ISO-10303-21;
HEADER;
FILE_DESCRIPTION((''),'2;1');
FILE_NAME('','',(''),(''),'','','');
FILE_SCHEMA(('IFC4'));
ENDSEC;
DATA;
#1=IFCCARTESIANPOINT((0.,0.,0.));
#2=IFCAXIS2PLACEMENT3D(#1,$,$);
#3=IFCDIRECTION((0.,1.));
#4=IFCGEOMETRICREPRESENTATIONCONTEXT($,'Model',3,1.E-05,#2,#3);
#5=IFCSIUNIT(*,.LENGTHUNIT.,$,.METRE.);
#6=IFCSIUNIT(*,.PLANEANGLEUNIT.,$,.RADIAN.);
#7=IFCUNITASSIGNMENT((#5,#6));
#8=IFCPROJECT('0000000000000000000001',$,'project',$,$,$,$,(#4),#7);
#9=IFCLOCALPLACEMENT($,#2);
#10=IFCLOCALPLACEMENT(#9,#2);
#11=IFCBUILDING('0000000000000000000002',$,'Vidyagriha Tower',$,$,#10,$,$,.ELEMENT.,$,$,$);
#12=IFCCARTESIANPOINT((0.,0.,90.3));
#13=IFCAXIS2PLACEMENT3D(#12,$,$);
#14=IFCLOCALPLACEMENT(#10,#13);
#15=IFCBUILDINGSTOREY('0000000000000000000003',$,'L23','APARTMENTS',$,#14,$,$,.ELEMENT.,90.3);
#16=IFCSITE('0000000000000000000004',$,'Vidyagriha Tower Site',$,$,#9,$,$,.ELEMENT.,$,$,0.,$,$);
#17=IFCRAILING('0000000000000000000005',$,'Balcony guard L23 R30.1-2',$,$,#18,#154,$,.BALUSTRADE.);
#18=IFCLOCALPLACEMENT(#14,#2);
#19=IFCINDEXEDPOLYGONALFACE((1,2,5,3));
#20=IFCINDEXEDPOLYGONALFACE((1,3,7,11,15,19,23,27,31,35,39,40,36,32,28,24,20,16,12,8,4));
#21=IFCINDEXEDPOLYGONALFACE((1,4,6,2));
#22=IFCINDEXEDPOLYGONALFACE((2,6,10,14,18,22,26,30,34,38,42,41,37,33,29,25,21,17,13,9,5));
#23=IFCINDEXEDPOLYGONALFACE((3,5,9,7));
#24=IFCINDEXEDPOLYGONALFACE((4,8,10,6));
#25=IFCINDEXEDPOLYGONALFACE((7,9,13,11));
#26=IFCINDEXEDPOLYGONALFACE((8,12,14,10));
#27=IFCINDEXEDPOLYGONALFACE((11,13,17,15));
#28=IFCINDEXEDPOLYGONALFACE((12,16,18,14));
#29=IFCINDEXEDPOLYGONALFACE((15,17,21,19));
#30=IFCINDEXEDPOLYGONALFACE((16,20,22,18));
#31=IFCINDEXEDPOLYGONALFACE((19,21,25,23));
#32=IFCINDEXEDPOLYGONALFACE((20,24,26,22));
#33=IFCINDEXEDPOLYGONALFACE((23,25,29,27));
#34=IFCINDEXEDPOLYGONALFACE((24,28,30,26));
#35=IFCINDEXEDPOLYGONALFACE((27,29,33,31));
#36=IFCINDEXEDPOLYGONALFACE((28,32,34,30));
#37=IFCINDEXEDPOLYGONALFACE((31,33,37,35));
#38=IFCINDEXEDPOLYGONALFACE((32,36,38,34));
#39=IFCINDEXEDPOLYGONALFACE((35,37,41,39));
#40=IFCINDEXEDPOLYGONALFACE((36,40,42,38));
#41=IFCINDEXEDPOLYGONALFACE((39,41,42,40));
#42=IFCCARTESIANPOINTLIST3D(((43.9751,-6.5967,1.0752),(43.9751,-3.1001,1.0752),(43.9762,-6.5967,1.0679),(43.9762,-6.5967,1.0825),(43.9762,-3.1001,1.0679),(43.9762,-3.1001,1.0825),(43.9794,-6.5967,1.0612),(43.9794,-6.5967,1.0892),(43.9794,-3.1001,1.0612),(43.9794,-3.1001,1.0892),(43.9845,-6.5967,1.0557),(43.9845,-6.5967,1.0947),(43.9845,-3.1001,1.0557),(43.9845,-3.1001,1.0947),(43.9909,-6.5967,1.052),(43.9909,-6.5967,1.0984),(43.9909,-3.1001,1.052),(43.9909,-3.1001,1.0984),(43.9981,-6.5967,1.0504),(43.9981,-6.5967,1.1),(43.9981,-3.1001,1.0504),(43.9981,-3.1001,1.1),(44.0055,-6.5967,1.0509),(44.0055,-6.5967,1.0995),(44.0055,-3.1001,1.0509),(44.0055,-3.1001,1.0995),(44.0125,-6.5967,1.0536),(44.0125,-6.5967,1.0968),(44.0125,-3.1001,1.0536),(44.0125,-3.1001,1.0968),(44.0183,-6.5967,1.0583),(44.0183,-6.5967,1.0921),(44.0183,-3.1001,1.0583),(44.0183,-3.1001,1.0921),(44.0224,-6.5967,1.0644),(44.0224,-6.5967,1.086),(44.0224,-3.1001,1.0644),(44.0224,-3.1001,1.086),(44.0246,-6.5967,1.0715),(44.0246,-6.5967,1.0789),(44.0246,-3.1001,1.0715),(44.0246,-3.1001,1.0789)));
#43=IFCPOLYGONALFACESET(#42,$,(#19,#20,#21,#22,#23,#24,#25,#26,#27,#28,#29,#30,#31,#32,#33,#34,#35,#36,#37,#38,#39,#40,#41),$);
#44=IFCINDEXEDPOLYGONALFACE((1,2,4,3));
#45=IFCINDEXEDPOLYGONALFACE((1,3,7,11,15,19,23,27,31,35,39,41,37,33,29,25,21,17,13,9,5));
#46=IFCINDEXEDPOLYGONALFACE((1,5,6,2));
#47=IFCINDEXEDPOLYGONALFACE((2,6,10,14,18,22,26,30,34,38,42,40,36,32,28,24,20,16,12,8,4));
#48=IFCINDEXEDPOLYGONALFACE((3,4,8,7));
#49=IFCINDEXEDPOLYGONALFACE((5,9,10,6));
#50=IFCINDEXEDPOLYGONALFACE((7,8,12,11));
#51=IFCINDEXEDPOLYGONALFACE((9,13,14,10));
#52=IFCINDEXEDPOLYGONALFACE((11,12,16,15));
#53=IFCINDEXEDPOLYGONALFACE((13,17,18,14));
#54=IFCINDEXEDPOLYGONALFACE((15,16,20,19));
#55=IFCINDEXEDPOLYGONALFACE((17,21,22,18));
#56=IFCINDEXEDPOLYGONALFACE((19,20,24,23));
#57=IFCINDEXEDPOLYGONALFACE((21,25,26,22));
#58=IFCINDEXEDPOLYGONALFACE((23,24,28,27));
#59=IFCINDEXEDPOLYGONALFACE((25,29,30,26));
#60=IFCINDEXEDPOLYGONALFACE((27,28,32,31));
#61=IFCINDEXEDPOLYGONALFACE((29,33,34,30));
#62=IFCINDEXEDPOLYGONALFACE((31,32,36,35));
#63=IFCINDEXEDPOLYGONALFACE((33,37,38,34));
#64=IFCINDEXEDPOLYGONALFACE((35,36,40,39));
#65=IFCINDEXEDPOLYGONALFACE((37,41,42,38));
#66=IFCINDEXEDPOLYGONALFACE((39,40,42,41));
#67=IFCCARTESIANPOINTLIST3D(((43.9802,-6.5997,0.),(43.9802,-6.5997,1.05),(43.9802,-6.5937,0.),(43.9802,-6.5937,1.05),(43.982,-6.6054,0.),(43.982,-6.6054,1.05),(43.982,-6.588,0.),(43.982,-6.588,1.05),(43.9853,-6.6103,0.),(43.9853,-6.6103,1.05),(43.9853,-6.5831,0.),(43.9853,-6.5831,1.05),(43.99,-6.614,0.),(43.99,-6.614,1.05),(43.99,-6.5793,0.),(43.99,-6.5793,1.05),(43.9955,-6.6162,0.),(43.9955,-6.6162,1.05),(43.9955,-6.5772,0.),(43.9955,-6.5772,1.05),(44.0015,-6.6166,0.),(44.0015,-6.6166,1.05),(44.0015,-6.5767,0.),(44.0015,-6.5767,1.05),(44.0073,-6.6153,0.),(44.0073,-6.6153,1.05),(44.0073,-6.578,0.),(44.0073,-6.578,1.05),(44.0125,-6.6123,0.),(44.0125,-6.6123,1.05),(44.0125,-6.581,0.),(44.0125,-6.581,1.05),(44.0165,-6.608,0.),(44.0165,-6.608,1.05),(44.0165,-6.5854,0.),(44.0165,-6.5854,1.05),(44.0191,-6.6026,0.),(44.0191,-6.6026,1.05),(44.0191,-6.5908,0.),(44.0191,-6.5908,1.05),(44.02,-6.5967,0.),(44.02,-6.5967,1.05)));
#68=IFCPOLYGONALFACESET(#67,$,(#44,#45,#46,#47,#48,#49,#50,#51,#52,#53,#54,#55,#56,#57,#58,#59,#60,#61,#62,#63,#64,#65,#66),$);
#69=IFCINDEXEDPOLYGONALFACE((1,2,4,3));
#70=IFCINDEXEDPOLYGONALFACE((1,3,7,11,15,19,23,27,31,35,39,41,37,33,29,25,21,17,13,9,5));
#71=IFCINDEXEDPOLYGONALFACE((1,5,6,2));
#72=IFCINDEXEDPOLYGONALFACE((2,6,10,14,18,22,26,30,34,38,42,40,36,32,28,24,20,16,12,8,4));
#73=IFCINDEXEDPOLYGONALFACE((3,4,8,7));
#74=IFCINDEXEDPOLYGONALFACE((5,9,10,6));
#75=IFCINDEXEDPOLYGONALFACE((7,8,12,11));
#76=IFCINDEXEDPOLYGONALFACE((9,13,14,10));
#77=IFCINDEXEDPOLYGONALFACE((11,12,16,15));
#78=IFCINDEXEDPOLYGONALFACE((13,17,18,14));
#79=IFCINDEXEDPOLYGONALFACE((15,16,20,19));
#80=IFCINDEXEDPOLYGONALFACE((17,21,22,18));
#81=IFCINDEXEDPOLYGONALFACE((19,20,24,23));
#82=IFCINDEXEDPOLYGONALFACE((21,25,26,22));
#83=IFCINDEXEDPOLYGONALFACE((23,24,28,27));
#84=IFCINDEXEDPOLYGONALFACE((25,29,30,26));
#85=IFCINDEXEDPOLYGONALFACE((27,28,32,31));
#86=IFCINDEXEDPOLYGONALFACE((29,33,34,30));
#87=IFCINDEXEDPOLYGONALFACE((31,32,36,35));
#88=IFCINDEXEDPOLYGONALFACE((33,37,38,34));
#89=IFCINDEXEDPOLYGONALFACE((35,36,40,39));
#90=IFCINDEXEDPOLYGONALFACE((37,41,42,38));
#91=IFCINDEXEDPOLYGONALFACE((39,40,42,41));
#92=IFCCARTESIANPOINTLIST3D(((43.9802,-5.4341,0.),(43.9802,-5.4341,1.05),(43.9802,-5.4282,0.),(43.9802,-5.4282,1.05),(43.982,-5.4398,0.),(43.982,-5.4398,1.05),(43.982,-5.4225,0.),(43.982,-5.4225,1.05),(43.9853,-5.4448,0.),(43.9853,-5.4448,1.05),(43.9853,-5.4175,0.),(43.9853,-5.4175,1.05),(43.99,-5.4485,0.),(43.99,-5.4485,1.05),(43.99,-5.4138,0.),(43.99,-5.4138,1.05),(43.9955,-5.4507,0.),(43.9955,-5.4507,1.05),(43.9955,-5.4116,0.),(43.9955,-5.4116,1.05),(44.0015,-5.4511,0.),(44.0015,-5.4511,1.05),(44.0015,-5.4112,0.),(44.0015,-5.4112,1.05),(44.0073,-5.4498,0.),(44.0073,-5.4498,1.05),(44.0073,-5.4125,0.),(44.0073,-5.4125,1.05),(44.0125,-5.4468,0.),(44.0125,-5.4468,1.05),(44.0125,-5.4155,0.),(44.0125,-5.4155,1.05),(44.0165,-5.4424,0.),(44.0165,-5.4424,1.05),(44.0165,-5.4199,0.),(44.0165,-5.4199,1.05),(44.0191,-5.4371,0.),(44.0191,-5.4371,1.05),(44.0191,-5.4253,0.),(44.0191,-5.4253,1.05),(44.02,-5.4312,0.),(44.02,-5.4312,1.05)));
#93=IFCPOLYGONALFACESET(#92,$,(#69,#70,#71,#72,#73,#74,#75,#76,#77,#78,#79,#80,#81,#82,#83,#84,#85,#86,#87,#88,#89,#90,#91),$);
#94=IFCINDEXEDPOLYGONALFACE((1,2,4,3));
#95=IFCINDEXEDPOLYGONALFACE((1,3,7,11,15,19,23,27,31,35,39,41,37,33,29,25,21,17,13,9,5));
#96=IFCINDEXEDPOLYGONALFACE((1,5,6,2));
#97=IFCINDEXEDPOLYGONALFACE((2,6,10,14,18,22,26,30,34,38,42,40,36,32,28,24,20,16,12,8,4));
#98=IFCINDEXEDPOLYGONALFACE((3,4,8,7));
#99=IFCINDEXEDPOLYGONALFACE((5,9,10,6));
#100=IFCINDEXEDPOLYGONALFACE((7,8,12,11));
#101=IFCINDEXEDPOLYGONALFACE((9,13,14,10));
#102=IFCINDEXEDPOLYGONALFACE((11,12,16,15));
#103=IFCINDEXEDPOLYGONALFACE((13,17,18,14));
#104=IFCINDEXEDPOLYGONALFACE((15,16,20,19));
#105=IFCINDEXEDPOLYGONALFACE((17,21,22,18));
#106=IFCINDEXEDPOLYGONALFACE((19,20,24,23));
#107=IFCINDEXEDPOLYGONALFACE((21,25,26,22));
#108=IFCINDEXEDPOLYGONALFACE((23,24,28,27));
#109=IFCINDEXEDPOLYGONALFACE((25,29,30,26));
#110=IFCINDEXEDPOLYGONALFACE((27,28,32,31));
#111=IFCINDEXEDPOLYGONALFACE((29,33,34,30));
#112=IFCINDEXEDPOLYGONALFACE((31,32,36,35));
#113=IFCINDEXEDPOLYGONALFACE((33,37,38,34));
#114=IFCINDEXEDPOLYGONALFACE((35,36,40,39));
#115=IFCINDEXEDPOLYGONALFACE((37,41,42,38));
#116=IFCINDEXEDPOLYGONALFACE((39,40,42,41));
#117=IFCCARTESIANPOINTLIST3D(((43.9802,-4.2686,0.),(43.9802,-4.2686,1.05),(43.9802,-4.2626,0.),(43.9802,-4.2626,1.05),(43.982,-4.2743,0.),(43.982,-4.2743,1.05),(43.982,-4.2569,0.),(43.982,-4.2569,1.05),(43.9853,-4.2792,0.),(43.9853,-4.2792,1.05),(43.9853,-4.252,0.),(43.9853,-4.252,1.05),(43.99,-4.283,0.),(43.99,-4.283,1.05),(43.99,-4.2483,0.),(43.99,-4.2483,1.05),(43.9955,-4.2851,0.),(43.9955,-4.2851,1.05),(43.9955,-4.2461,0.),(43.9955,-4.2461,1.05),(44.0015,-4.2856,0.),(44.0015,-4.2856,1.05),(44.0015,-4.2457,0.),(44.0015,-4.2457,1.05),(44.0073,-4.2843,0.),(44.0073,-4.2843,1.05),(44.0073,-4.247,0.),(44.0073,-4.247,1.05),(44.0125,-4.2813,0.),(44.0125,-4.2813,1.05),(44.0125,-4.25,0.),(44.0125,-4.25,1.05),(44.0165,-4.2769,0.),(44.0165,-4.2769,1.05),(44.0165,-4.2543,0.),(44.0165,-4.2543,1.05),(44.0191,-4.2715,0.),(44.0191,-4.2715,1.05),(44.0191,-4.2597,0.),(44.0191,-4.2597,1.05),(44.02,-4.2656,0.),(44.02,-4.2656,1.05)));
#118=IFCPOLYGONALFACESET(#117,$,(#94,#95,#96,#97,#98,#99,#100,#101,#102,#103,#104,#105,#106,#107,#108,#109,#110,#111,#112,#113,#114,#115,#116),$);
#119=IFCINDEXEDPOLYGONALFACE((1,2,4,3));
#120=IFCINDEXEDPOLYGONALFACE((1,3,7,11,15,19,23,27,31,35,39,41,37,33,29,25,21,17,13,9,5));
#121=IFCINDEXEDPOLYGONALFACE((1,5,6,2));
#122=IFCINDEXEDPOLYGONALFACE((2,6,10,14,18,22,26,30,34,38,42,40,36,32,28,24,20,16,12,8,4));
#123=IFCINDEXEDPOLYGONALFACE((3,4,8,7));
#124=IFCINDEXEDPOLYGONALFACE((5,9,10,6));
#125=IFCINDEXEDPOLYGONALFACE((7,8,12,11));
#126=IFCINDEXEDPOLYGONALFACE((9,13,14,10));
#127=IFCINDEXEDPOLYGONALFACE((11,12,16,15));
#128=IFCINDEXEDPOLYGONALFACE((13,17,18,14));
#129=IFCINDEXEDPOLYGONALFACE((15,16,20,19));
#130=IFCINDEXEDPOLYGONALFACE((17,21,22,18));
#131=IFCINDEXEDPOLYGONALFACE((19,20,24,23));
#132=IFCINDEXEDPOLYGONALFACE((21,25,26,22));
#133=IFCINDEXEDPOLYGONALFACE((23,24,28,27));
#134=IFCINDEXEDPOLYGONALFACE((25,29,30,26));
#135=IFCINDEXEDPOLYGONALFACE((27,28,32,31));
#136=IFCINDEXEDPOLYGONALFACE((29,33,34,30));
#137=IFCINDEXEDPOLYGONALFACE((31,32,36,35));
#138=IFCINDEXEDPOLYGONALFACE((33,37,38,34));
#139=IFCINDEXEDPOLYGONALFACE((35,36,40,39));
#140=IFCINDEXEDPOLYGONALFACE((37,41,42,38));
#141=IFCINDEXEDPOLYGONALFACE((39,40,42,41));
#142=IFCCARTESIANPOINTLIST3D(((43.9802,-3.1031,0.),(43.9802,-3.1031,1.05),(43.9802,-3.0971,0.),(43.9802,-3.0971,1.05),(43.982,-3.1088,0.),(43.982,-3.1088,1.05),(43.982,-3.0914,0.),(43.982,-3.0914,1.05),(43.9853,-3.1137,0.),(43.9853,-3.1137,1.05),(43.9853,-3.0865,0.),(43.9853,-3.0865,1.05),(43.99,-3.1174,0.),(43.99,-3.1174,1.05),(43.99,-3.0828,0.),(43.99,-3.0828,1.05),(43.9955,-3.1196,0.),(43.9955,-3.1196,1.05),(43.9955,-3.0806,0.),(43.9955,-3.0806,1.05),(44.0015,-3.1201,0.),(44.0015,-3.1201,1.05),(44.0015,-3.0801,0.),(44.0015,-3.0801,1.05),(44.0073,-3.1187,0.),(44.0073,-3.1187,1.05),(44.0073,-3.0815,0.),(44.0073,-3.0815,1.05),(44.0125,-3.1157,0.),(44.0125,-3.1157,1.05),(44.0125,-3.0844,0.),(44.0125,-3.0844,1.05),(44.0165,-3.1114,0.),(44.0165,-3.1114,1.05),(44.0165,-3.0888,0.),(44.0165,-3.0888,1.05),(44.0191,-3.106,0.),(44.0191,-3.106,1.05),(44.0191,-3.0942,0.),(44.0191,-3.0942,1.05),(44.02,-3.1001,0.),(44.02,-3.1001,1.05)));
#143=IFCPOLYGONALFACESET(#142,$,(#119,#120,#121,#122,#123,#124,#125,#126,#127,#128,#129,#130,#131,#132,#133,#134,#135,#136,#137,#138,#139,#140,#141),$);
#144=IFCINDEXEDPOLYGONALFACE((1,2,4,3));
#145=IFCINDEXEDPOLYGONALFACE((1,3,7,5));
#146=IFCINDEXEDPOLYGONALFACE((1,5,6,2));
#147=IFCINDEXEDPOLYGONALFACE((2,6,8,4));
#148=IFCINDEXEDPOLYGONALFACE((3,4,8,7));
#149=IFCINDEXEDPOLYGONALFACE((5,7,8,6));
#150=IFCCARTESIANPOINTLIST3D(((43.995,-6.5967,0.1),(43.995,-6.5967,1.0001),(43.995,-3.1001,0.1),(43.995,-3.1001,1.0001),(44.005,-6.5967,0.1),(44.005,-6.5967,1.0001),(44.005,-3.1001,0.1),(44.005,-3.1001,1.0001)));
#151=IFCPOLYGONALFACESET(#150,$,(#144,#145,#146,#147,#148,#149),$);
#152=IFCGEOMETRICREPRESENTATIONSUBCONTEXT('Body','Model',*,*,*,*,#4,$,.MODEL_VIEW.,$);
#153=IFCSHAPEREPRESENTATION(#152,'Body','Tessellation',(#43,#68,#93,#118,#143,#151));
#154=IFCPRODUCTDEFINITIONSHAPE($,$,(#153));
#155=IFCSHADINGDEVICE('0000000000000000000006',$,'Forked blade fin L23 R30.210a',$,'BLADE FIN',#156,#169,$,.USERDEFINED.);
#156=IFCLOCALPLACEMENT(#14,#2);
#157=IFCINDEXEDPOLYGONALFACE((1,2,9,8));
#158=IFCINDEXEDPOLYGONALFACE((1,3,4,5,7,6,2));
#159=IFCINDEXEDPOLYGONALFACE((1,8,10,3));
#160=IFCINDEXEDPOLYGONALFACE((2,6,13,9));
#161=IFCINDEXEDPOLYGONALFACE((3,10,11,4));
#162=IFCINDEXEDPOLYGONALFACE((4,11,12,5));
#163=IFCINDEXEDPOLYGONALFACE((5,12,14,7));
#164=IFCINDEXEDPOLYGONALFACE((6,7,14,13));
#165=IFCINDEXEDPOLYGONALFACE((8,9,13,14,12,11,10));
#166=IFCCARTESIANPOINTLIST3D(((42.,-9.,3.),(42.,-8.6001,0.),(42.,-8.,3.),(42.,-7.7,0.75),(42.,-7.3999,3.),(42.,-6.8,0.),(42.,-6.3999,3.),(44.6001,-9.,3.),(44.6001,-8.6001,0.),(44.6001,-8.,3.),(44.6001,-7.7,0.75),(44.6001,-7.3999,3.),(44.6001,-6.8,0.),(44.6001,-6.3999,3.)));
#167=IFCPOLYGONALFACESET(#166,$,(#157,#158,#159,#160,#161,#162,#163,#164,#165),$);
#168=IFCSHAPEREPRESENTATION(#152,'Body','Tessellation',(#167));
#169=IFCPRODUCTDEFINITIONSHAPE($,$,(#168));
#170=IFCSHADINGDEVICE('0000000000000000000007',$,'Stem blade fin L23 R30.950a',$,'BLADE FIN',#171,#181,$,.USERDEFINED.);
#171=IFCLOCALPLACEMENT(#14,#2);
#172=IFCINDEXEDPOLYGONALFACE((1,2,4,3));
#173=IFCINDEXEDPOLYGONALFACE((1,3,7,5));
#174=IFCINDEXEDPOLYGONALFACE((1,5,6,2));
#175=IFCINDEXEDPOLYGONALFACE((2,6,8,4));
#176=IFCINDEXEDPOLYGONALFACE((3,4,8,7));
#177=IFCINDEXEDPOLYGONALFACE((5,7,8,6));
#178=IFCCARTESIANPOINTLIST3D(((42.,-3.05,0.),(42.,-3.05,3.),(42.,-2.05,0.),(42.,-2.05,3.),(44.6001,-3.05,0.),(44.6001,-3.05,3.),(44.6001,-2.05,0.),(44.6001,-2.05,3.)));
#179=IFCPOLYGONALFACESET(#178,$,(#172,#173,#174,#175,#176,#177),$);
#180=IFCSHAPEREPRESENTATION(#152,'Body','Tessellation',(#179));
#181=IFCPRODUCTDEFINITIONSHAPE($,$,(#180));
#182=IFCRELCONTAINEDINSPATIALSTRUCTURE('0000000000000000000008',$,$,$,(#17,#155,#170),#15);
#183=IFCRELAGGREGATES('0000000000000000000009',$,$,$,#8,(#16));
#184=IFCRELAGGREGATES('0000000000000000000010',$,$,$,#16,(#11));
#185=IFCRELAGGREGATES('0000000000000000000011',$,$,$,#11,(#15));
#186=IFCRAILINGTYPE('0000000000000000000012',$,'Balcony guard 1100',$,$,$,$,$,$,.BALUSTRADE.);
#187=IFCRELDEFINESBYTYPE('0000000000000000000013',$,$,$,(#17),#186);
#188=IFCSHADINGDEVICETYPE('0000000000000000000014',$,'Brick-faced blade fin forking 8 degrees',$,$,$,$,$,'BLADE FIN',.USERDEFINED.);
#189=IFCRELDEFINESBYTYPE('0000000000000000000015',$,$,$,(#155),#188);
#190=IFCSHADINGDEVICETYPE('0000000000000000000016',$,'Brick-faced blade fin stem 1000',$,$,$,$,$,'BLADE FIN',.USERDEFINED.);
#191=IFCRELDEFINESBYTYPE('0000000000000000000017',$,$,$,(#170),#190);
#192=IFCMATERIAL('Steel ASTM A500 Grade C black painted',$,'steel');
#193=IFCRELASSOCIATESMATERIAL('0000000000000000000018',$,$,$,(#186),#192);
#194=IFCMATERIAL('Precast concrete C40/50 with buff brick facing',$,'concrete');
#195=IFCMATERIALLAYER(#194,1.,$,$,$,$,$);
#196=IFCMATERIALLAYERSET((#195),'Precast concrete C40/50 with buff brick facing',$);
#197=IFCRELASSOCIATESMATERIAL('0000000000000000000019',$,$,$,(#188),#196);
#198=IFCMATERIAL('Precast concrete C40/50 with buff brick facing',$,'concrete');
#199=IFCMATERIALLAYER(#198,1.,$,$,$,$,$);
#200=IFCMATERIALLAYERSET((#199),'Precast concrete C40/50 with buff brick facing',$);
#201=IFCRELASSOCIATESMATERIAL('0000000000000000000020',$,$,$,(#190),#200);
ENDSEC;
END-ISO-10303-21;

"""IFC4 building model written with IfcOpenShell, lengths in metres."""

from ifc_helpers import new_model, si_unit, direction, frame, origin, origin_2d, place, context, subcontext, project, spatial, polyline, rectangle, circle, outline, extrude, material, layer, layer_set, type_object, element, save


model = new_model("IFC4")

# Units and contexts
model_context = context("Model", 3, precision=1e-05, world=origin(), true_north=direction((0.0, 1.0)))
body_context = subcontext(model_context, "Body", "Model", "MODEL_VIEW")
ifc_project = project(units=[si_unit("LENGTHUNIT", "METRE"), si_unit("PLANEANGLEUNIT", "RADIAN")], contexts=[model_context])

# Site, building, storey
site_placement = place(None, origin())
site = spatial("IfcSite", under=ifc_project, at=site_placement, Name="Vidyagriha Tower Site", CompositionType="ELEMENT", RefElevation=0.0)
building_placement = place(site_placement, origin())
building = spatial("IfcBuilding", under=site, at=building_placement, Name="Vidyagriha Tower", CompositionType="ELEMENT")
storey_placement = place(building_placement, frame((0.0, 0.0, 90.3)))
storey = spatial("IfcBuildingStorey", under=building, at=storey_placement, Name="L23", Description="APARTMENTS", CompositionType="ELEMENT", Elevation=90.3)

# Railing
ifc_material_1 = material(Name="Steel ASTM A500 Grade C black painted", Category="steel")
railing_type_1 = type_object("IfcRailingType", Name="Balcony guard 1100", PredefinedType="BALUSTRADE", material=ifc_material_1)
railing_1_placement = place(storey_placement, frame((44.0, -6.5967, 0.0)))
element("IfcRailing", 1, at=railing_1_placement, inside=storey, type_object=railing_type_1, Name="Balcony guard L23 R30.1-2", PredefinedType="BALUSTRADE", context=body_context, shape_type="SweptSolid", body=[
    extrude(circle(Radius=0.0249, at=origin_2d()), frame((0.0, 0.0, 1.0752), z_axis=(0.0, 1.0, 0.0), x_axis=(-1.0, 0.0, 0.0)), (0.0, 0.0, 1.0), 3.4966),
    extrude(circle(Radius=0.02, at=origin_2d()), origin(), (0.0, 0.0, 1.0), 1.05),
    extrude(circle(Radius=0.02, at=origin_2d()), frame((0.0, 1.1655, 0.0)), (0.0, 0.0, 1.0), 1.05),
    extrude(circle(Radius=0.02, at=origin_2d()), frame((0.0, 2.3311, 0.0)), (0.0, 0.0, 1.0), 1.05),
    extrude(circle(Radius=0.02, at=origin_2d()), frame((0.0, 3.4966, 0.0)), (0.0, 0.0, 1.0), 1.05),
    extrude(rectangle(XDim=0.01, YDim=0.9001, at=origin_2d()), frame((0.0, 0.0, 0.55), z_axis=(0.0, 1.0, 0.0), x_axis=(-1.0, 0.0, 0.0)), (0.0, 0.0, 1.0), 3.4966),
])

# Shading devices
ifc_material_2 = material(Name="Precast concrete C40/50 with buff brick facing", Category="concrete")
ifc_layer_1 = layer(ifc_material_2, 1.0)
ifc_layer_set_1 = layer_set([ifc_layer_1], Name="Precast concrete C40/50 with buff brick facing")
shading_device_type_1 = type_object("IfcShadingDeviceType", Name="Brick-faced blade fin forking 8 degrees", ElementType="BLADE FIN", PredefinedType="USERDEFINED", material=ifc_layer_set_1)
shading_device_1_placement = place(storey_placement, frame((43.3, -9.0, 0.0), z_axis=(0.0, 0.0, 1.0), x_axis=(0.0, 1.0, 0.0)))
element("IfcShadingDevice", 2, at=shading_device_1_placement, inside=storey, type_object=shading_device_type_1, Name="Forked blade fin L23 R30.210a", ObjectType="BLADE FIN", PredefinedType="USERDEFINED", context=body_context, shape_type="SweptSolid", body=[
    extrude(outline(polyline([(0.3999, 0.0), (2.2, 0.0), (2.6001, 3.0), (1.6001, 3.0), (1.3, 0.75), (1.0, 3.0), (0.0, 3.0), (0.3999, 0.0)])), frame((0.0, 1.3, 0.0), z_axis=(0.0, -1.0, 0.0), x_axis=(1.0, 0.0, 0.0)), (0.0, 0.0, 1.0), 2.6001),
])
ifc_material_3 = material(Name="Precast concrete C40/50 with buff brick facing", Category="concrete")
ifc_layer_2 = layer(ifc_material_3, 1.0)
ifc_layer_set_2 = layer_set([ifc_layer_2], Name="Precast concrete C40/50 with buff brick facing")
shading_device_type_2 = type_object("IfcShadingDeviceType", Name="Brick-faced blade fin stem 1000", ElementType="BLADE FIN", PredefinedType="USERDEFINED", material=ifc_layer_set_2)
shading_device_2_placement = place(storey_placement, frame((43.3, -3.05, 0.0), z_axis=(0.0, 0.0, 1.0), x_axis=(0.0, 1.0, 0.0)))
element("IfcShadingDevice", 3, at=shading_device_2_placement, inside=storey, type_object=shading_device_type_2, Name="Stem blade fin L23 R30.950a", ObjectType="BLADE FIN", PredefinedType="USERDEFINED", context=body_context, shape_type="SweptSolid", body=[
    extrude(outline(polyline([(0.0, 0.0), (1.0, 0.0), (1.0, 3.0), (0.0, 3.0), (0.0, 0.0)])), frame((0.0, 1.3, 0.0), z_axis=(0.0, -1.0, 0.0), x_axis=(1.0, 0.0, 0.0)), (0.0, 0.0, 1.0), 2.6001),
])

save(model, "model.ifc")
